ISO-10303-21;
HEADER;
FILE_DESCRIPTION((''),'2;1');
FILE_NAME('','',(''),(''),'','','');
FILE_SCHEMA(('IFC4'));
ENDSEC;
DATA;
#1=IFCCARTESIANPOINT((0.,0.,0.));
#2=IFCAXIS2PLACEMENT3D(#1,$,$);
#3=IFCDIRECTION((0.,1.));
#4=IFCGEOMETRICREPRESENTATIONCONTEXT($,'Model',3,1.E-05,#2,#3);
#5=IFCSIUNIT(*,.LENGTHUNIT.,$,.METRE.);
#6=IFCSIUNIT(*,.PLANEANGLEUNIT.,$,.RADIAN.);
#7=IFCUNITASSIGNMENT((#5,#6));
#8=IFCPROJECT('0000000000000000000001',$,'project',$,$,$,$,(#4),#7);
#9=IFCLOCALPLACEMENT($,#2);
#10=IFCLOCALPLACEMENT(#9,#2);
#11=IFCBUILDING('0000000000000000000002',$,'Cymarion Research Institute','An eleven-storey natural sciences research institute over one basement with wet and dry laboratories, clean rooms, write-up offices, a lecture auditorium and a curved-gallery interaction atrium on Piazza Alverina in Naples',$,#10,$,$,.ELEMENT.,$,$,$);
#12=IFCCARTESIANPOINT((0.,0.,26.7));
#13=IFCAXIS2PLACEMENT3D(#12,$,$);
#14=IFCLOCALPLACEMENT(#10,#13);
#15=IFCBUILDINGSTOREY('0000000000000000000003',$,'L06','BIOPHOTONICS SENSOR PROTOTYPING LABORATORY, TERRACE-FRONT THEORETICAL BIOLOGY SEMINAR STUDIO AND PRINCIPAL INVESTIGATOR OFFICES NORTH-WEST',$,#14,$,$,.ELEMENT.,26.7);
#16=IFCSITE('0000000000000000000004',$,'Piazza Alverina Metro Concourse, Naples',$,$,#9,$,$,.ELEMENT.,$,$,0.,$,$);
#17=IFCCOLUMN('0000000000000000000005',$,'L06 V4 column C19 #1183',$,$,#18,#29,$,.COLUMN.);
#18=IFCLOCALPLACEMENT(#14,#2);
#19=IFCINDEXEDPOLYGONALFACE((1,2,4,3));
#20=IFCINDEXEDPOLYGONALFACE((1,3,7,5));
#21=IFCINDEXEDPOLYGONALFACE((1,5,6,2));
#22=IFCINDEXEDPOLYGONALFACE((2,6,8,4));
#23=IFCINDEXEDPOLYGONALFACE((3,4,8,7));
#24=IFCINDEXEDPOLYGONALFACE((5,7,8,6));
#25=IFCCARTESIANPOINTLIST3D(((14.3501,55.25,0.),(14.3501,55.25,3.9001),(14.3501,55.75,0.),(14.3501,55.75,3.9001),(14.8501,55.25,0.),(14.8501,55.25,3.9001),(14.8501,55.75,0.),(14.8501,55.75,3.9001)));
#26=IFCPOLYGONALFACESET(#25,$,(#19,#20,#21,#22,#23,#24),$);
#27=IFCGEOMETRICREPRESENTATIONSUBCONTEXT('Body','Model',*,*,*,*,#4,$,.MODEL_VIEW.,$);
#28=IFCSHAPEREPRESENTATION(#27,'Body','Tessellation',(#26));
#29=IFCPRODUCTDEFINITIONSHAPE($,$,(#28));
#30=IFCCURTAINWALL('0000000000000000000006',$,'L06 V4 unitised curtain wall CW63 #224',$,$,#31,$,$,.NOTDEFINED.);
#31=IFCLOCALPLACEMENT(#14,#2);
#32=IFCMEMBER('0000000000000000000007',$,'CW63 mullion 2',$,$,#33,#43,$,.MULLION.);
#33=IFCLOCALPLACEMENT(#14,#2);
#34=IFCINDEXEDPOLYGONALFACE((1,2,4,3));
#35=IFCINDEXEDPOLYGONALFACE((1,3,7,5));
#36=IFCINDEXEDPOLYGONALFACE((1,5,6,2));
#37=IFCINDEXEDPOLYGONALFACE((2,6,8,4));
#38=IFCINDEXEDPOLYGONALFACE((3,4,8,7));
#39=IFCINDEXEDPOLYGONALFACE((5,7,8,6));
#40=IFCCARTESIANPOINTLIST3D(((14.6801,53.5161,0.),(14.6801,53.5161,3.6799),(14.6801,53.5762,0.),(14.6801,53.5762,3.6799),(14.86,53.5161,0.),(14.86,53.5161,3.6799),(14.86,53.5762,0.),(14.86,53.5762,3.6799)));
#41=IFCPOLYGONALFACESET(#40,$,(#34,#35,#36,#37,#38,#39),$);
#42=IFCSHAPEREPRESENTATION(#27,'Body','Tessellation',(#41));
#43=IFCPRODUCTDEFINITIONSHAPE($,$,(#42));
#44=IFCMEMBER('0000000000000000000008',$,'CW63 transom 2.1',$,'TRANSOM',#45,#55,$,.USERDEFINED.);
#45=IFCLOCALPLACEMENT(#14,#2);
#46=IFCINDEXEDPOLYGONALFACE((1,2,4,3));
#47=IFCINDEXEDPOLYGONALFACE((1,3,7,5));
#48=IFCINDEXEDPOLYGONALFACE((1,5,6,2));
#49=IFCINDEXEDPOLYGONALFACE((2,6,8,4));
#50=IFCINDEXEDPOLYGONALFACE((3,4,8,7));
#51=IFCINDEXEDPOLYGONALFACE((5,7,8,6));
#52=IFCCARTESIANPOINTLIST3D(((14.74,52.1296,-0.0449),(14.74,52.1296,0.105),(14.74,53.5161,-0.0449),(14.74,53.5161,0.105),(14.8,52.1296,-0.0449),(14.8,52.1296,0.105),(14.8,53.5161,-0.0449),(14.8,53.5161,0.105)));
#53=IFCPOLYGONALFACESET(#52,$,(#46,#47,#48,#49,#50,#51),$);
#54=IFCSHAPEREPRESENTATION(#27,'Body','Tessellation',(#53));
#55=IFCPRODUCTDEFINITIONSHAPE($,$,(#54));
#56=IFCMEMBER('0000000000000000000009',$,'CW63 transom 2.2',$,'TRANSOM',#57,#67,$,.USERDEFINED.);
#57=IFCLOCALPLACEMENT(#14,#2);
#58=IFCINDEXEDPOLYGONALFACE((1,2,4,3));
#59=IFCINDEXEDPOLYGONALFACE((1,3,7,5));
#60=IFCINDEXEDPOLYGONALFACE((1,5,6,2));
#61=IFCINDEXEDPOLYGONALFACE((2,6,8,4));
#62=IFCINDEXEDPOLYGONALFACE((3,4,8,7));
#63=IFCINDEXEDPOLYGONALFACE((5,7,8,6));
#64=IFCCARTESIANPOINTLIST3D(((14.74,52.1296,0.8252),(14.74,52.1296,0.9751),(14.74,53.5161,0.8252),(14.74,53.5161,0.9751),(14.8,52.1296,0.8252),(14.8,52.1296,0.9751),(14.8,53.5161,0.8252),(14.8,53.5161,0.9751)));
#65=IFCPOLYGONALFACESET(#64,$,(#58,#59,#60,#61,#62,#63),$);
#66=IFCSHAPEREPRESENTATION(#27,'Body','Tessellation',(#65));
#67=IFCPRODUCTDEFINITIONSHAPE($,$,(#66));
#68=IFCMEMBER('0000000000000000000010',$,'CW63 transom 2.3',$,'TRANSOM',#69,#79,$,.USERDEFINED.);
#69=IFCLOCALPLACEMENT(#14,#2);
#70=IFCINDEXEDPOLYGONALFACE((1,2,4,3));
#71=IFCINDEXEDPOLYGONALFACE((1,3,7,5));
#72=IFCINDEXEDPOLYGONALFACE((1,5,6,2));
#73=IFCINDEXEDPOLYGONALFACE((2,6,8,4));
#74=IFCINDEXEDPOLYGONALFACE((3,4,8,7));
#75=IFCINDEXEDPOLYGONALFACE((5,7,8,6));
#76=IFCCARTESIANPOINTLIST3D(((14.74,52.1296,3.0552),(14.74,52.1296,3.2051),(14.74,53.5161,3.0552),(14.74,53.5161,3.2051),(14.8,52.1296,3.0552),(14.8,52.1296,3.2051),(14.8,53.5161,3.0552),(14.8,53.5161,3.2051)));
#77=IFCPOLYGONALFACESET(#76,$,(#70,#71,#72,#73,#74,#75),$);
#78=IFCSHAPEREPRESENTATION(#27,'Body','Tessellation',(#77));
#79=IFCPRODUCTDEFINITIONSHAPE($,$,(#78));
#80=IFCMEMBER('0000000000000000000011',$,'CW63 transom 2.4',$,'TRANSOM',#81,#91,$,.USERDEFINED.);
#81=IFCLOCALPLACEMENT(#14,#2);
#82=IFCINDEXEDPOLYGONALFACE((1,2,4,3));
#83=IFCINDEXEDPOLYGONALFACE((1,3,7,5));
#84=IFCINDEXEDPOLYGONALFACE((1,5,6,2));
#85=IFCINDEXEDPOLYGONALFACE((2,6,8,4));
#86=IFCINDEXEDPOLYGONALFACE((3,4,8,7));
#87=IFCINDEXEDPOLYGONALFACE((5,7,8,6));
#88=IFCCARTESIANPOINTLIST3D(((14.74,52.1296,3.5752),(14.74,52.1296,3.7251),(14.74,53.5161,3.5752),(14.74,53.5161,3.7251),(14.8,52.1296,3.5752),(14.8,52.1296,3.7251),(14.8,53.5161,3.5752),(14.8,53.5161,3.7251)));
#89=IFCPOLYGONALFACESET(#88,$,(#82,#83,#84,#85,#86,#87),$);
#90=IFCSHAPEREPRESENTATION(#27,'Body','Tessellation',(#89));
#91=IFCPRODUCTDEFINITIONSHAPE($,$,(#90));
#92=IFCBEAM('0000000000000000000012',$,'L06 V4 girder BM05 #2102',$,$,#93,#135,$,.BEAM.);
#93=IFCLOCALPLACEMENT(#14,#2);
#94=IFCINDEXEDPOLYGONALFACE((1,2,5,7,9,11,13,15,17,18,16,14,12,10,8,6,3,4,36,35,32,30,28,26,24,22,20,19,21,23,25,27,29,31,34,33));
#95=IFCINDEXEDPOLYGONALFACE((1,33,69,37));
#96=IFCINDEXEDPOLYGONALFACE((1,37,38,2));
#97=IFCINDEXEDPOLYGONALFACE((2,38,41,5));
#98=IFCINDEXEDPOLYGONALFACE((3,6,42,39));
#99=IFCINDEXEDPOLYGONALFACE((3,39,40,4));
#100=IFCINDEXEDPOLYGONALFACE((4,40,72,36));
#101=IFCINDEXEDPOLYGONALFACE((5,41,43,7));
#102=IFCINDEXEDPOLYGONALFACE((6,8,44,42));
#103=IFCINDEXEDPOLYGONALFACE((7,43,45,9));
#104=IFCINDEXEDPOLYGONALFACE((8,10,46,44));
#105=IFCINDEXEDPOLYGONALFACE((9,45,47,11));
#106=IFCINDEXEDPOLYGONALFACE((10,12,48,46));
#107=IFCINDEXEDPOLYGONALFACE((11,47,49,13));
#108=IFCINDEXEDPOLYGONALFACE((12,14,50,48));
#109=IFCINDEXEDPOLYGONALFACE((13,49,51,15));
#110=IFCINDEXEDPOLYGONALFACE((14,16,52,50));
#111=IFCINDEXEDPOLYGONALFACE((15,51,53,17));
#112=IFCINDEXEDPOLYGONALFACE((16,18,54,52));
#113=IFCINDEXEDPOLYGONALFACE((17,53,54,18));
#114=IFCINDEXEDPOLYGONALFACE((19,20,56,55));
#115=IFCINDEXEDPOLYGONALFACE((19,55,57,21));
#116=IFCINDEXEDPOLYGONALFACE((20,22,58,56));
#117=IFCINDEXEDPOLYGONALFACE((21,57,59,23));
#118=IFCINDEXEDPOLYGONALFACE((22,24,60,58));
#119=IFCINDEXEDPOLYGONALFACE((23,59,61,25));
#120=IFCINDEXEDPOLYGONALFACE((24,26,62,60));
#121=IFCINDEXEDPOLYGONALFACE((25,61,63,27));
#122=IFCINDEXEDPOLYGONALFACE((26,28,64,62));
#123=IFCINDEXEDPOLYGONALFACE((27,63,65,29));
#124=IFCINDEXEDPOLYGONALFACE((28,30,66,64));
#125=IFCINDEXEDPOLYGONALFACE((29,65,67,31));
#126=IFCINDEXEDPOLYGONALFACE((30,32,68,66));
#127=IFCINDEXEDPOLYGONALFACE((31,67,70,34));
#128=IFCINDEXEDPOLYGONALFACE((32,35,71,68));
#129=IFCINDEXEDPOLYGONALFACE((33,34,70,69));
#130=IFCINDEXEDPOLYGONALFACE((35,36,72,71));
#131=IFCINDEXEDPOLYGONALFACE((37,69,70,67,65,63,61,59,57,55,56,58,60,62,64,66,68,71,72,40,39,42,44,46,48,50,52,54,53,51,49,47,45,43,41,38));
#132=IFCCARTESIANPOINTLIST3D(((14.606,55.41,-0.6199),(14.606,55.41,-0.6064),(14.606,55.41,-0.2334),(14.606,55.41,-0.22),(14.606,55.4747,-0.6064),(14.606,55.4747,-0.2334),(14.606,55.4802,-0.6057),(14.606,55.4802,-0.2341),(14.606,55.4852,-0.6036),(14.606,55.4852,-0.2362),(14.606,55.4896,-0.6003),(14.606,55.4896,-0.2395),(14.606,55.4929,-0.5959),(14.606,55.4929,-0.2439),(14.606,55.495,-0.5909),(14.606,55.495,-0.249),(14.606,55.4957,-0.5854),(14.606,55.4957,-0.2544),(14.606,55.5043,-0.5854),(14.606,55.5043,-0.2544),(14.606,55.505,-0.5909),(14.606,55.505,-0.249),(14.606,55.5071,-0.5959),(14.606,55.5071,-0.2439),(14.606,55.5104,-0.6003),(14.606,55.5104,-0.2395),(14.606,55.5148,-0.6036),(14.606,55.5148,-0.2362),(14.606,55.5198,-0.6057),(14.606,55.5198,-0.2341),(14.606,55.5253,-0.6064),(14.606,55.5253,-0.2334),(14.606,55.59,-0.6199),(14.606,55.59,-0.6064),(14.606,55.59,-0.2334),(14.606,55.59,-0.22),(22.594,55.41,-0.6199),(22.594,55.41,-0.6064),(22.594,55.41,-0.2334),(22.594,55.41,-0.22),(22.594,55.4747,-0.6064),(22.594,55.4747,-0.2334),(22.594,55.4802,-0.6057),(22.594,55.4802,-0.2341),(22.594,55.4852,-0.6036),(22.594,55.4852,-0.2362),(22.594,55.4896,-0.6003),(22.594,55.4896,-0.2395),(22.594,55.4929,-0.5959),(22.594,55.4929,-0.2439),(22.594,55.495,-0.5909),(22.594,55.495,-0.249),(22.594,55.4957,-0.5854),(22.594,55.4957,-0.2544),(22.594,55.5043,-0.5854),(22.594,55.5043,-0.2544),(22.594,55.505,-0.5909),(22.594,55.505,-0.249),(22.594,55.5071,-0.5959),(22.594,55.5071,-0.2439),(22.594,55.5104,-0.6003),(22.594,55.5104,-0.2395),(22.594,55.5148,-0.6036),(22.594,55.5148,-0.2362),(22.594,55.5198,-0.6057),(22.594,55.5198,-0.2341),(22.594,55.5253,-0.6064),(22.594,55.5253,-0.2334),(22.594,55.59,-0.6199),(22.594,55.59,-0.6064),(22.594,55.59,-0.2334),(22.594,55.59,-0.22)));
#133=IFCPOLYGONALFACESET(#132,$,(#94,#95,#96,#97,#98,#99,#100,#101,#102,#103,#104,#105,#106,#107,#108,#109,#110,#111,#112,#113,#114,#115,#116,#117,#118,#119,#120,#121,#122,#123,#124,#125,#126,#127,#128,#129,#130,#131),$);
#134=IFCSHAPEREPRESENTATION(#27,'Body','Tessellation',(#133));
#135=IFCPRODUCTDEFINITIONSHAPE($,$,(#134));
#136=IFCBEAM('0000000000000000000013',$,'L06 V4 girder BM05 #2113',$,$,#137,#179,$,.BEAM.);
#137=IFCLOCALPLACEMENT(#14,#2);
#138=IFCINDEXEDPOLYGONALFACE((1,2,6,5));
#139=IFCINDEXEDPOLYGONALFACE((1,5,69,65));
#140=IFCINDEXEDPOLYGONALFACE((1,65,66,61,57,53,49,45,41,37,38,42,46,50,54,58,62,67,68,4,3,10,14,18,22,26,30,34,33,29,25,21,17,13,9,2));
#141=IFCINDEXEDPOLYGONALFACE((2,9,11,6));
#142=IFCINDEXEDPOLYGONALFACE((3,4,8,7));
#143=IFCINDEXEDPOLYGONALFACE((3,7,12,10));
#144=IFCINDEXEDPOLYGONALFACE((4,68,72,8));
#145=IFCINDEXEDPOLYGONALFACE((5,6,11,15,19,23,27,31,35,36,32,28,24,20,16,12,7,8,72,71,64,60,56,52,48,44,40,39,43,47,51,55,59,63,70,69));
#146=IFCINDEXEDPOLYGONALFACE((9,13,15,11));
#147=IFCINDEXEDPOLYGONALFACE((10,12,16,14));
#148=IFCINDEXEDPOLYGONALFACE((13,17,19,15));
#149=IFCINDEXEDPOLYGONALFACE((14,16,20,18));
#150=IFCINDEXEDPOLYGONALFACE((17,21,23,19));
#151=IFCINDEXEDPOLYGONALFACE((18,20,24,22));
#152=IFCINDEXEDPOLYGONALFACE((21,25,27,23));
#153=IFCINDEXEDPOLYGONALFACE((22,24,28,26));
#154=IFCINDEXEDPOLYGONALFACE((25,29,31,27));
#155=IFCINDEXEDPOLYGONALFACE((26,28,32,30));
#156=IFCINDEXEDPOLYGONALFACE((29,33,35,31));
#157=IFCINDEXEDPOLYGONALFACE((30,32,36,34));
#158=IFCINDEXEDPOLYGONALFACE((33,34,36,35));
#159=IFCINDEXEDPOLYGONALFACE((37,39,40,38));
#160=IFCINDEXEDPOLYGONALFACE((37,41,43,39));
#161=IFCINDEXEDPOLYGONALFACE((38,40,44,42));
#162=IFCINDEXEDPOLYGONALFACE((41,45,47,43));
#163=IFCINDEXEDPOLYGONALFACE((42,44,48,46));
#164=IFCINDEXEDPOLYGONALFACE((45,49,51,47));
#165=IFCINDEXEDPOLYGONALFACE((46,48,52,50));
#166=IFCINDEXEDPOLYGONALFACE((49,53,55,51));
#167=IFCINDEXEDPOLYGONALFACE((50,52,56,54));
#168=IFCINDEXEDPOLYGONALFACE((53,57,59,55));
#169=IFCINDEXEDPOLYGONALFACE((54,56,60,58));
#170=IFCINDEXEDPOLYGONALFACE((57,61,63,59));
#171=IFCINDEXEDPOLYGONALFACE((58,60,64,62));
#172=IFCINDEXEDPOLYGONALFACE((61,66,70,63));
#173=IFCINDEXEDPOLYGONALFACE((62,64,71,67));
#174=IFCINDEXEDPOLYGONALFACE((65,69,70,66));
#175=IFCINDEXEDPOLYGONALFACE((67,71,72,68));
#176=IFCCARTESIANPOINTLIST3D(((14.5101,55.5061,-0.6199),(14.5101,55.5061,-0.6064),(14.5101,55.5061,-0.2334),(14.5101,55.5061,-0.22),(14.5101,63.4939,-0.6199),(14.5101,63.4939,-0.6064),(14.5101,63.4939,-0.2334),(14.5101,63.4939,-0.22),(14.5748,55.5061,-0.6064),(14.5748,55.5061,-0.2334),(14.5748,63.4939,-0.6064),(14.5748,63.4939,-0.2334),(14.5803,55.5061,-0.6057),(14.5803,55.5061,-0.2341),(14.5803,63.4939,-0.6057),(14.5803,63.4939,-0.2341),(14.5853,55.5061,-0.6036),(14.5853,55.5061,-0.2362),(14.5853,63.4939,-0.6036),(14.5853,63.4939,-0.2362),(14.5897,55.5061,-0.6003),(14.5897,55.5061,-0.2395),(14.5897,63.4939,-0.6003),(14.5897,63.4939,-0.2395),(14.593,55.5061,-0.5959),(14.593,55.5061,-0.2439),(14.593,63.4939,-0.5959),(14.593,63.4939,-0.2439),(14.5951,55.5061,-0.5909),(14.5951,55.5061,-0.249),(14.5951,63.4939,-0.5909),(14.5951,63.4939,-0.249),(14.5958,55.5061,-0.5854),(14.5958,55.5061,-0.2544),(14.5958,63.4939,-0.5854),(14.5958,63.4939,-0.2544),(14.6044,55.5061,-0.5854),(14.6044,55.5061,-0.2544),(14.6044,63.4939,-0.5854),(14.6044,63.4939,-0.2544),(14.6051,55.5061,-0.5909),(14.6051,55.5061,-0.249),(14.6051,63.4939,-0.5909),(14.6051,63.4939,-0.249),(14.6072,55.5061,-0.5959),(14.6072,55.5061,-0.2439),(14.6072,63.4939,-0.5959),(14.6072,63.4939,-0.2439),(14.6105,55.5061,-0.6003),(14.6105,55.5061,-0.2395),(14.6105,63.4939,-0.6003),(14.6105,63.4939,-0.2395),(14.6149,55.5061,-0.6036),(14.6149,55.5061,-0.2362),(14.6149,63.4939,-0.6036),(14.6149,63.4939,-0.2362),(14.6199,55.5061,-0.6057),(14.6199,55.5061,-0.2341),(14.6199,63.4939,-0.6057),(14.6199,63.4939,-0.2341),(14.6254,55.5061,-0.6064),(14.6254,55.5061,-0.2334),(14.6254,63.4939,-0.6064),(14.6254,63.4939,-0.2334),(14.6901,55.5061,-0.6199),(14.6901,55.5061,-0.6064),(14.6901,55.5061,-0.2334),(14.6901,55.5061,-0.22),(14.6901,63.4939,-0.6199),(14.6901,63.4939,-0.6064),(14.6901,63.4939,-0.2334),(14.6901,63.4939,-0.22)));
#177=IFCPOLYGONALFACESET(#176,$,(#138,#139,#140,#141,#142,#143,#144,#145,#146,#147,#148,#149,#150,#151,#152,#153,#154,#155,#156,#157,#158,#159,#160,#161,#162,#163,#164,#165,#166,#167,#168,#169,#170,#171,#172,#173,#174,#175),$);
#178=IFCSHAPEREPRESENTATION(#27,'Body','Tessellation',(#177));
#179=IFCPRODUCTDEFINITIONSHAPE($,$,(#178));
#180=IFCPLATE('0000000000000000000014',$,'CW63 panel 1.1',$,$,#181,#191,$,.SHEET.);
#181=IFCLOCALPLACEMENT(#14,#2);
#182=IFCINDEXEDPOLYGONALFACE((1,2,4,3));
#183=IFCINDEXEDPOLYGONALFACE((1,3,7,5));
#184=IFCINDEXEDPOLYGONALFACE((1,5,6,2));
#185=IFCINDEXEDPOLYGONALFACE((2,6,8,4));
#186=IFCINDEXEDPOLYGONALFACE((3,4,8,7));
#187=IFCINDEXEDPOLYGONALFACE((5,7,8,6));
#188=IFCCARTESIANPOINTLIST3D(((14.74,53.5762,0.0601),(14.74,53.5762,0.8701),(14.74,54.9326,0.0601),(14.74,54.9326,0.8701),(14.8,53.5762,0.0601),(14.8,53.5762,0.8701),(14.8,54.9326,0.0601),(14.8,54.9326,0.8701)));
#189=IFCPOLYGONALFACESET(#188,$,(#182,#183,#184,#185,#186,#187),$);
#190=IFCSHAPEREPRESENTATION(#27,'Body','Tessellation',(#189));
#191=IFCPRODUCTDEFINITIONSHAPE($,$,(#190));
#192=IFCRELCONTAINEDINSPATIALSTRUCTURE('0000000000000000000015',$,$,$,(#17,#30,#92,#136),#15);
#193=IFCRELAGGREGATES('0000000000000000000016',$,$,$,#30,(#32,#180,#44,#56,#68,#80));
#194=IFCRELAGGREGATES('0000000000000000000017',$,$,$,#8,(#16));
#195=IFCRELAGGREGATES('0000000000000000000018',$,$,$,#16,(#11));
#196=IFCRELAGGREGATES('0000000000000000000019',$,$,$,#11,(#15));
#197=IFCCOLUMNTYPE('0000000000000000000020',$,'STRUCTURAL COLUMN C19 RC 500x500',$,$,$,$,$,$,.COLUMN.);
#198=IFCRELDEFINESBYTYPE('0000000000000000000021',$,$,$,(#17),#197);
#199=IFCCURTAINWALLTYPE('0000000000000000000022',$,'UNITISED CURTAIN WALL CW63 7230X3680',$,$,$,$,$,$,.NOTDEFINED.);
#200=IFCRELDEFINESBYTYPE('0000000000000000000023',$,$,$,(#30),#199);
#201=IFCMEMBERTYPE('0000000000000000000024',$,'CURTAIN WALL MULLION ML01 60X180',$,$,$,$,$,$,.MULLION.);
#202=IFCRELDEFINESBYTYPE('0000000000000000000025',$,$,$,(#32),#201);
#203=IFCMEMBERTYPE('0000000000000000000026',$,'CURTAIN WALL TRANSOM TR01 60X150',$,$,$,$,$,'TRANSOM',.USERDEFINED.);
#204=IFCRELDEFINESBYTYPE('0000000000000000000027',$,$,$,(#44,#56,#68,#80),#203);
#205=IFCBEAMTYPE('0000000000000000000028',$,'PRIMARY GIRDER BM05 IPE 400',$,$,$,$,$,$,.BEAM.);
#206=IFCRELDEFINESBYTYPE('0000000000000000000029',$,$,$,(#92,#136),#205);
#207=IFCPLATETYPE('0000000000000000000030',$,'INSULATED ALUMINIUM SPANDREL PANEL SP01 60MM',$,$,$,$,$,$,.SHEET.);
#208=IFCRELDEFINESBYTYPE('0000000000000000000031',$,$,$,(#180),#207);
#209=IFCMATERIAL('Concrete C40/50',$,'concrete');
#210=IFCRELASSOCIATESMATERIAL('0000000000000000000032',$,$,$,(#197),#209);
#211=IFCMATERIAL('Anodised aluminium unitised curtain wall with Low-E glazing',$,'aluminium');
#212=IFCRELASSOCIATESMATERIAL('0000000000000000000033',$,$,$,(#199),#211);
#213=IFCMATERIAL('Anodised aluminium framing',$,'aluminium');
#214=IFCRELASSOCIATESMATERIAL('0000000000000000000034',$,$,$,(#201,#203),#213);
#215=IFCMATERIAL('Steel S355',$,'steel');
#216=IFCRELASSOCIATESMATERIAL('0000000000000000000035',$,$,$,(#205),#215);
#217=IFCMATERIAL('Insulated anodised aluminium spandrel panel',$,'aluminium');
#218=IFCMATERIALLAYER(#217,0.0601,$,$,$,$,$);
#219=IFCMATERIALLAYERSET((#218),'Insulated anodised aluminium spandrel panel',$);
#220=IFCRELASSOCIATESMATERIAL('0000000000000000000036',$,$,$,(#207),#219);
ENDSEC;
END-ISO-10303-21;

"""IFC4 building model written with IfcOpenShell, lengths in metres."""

from ifc_helpers import new_model, si_unit, direction, frame, origin, origin_2d, place, context, subcontext, project, spatial, rectangle, i_section, extrude, material, layer, layer_set, material_profile, profile_set, type_object, element, aggregate, save


model = new_model("IFC4")

# Units and contexts
model_context = context("Model", 3, precision=1e-05, world=origin(), true_north=direction((0.0, 1.0)))
body_context = subcontext(model_context, "Body", "Model", "MODEL_VIEW")
ifc_project = project(units=[si_unit("LENGTHUNIT", "METRE"), si_unit("PLANEANGLEUNIT", "RADIAN")], contexts=[model_context])

# Site, building, storey
site_placement = place(None, origin())
site = spatial("IfcSite", under=ifc_project, at=site_placement, Name="Piazza Alverina Metro Concourse, Naples", CompositionType="ELEMENT", RefElevation=0.0)
building_placement = place(site_placement, origin())
building = spatial("IfcBuilding", under=site, at=building_placement, Name="Cymarion Research Institute", Description="An eleven-storey natural sciences research institute over one basement with wet and dry laboratories, clean rooms, write-up offices, a lecture auditorium and a curved-gallery interaction atrium on Piazza Alverina in Naples", CompositionType="ELEMENT")
storey_placement = place(building_placement, frame((0.0, 0.0, 26.7)))
storey = spatial("IfcBuildingStorey", under=building, at=storey_placement, Name="L06", Description="BIOPHOTONICS SENSOR PROTOTYPING LABORATORY, TERRACE-FRONT THEORETICAL BIOLOGY SEMINAR STUDIO AND PRINCIPAL INVESTIGATOR OFFICES NORTH-WEST", CompositionType="ELEMENT", Elevation=26.7)

# Column
ifc_material_1 = material(Name="Concrete C40/50", Category="concrete")
ifc_material_profile_1 = material_profile(ifc_material_1, rectangle(XDim=0.5, YDim=0.5, at=origin_2d()), Name="RC 500x500")
ifc_profile_set_1 = profile_set([ifc_material_profile_1], Name="Concrete C40/50")
column_type = type_object("IfcColumnType", Name="STRUCTURAL COLUMN C19 RC 500x500", PredefinedType="COLUMN", material=ifc_profile_set_1)
column_placement = place(storey_placement, frame((14.6001, 55.5, 0.0), z_axis=(0.0, 0.0, 1.0), x_axis=(1.0, 0.0, 0.0)))
element("IfcColumn", 1, at=column_placement, inside=storey, type_object=column_type, Name="L06 V4 column C19 #1183", PredefinedType="COLUMN", context=body_context, shape_type="SweptSolid", body=[
    extrude(rectangle(XDim=0.5, YDim=0.5, at=origin_2d()), origin(), (0.0, 0.0, 1.0), 3.9001),
])

# Curtain wall, members
ifc_material_2 = material(Name="Anodised aluminium unitised curtain wall with Low-E glazing", Category="aluminium")
curtain_wall_type = type_object("IfcCurtainWallType", Name="UNITISED CURTAIN WALL CW63 7230X3680", PredefinedType="NOTDEFINED", material=ifc_material_2)
curtain_wall_placement = place(storey_placement, origin())
curtain_wall = element("IfcCurtainWall", 2, at=curtain_wall_placement, inside=storey, type_object=curtain_wall_type, Name="L06 V4 unitised curtain wall CW63 #224", PredefinedType="NOTDEFINED")
ifc_material_3 = material(Name="Anodised aluminium framing", Category="aluminium")
ifc_material_profile_2 = material_profile(ifc_material_3, rectangle(XDim=0.0601, YDim=0.1799, at=origin_2d()), Name="ALU MULLION 60x180")
ifc_profile_set_2 = profile_set([ifc_material_profile_2], Name="Anodised aluminium framing")
member_type_1 = type_object("IfcMemberType", Name="CURTAIN WALL MULLION ML01 60X180", PredefinedType="MULLION", material=ifc_profile_set_2)
member_1_placement = place(storey_placement, frame((14.77, 53.5461, 0.0), z_axis=(0.0, 0.0, 1.0), x_axis=(0.0, -1.0, 0.0)))
member_1 = element("IfcMember", 3, at=member_1_placement, type_object=member_type_1, Name="CW63 mullion 2", PredefinedType="MULLION", context=body_context, shape_type="SweptSolid", body=[
    extrude(rectangle(XDim=0.0601, YDim=0.1799, at=origin_2d()), origin(), (0.0, 0.0, 1.0), 3.6799),
])
ifc_material_profile_3 = material_profile(ifc_material_3, rectangle(XDim=0.0601, YDim=0.1499, at=origin_2d()), Name="ALU TRANSOM 60x150")
ifc_profile_set_3 = profile_set([ifc_material_profile_3], Name="Anodised aluminium framing")
member_type_2 = type_object("IfcMemberType", Name="CURTAIN WALL TRANSOM TR01 60X150", ElementType="TRANSOM", PredefinedType="USERDEFINED", material=ifc_profile_set_3)
member_2_placement = place(storey_placement, frame((14.77, 53.5161, 0.03), z_axis=(0.0, -1.0, 0.0), x_axis=(1.0, 0.0, 0.0)))
member_2 = element("IfcMember", 4, at=member_2_placement, type_object=member_type_2, Name="CW63 transom 2.1", ObjectType="TRANSOM", PredefinedType="USERDEFINED", context=body_context, shape_type="SweptSolid", body=[
    extrude(rectangle(XDim=0.0601, YDim=0.1499, at=origin_2d()), origin(), (0.0, 0.0, 1.0), 1.3865),
])
member_3_placement = place(storey_placement, frame((14.77, 53.5161, 0.9001), z_axis=(0.0, -1.0, 0.0), x_axis=(1.0, 0.0, 0.0)))
member_3 = element("IfcMember", 5, at=member_3_placement, type_object=member_type_2, Name="CW63 transom 2.2", ObjectType="TRANSOM", PredefinedType="USERDEFINED", context=body_context, shape_type="SweptSolid", body=[
    extrude(rectangle(XDim=0.0601, YDim=0.1499, at=origin_2d()), origin(), (0.0, 0.0, 1.0), 1.3865),
])
member_4_placement = place(storey_placement, frame((14.77, 53.5161, 3.1301), z_axis=(0.0, -1.0, 0.0), x_axis=(1.0, 0.0, 0.0)))
member_4 = element("IfcMember", 6, at=member_4_placement, type_object=member_type_2, Name="CW63 transom 2.3", ObjectType="TRANSOM", PredefinedType="USERDEFINED", context=body_context, shape_type="SweptSolid", body=[
    extrude(rectangle(XDim=0.0601, YDim=0.1499, at=origin_2d()), origin(), (0.0, 0.0, 1.0), 1.3865),
])
member_5_placement = place(storey_placement, frame((14.77, 53.5161, 3.6501), z_axis=(0.0, -1.0, 0.0), x_axis=(1.0, 0.0, 0.0)))
member_5 = element("IfcMember", 7, at=member_5_placement, type_object=member_type_2, Name="CW63 transom 2.4", ObjectType="TRANSOM", PredefinedType="USERDEFINED", context=body_context, shape_type="SweptSolid", body=[
    extrude(rectangle(XDim=0.0601, YDim=0.1499, at=origin_2d()), origin(), (0.0, 0.0, 1.0), 1.3865),
])

# Beams
ifc_material_4 = material(Name="Steel S355", Category="steel")
ifc_material_profile_4 = material_profile(ifc_material_4, i_section(OverallWidth=0.1799, OverallDepth=0.3999, WebThickness=0.0085, FlangeThickness=0.0134, FilletRadius=0.021, at=origin_2d()), Name="IPE 400")
ifc_profile_set_4 = profile_set([ifc_material_profile_4], Name="Steel S355")
beam_type = type_object("IfcBeamType", Name="PRIMARY GIRDER BM05 IPE 400", PredefinedType="BEAM", material=ifc_profile_set_4)
beam_1_placement = place(storey_placement, frame((14.606, 55.5, -0.4199), z_axis=(1.0, 0.0, 0.0), x_axis=(0.0, 1.0, 0.0)))
element("IfcBeam", 8, at=beam_1_placement, inside=storey, type_object=beam_type, Name="L06 V4 girder BM05 #2102", PredefinedType="BEAM", context=body_context, shape_type="SweptSolid", body=[
    extrude(i_section(OverallWidth=0.1799, OverallDepth=0.3999, WebThickness=0.0085, FlangeThickness=0.0134, FilletRadius=0.021, at=origin_2d()), origin(), (0.0, 0.0, 1.0), 7.988),
])
beam_2_placement = place(storey_placement, frame((14.6001, 55.5061, -0.4199), z_axis=(0.0, 1.0, 0.0), x_axis=(-1.0, 0.0, 0.0)))
element("IfcBeam", 9, at=beam_2_placement, inside=storey, type_object=beam_type, Name="L06 V4 girder BM05 #2113", PredefinedType="BEAM", context=body_context, shape_type="SweptSolid", body=[
    extrude(i_section(OverallWidth=0.1799, OverallDepth=0.3999, WebThickness=0.0085, FlangeThickness=0.0134, FilletRadius=0.021, at=origin_2d()), origin(), (0.0, 0.0, 1.0), 7.9878),
])

# Plate
ifc_material_5 = material(Name="Insulated anodised aluminium spandrel panel", Category="aluminium")
ifc_layer_1 = layer(ifc_material_5, 0.0601)
ifc_layer_set_1 = layer_set([ifc_layer_1], Name="Insulated anodised aluminium spandrel panel")
plate_type_1 = type_object("IfcPlateType", Name="INSULATED ALUMINIUM SPANDREL PANEL SP01 60MM", PredefinedType="SHEET", material=ifc_layer_set_1)
plate_1_placement = place(storey_placement, frame((14.77, 54.2544, 0.0601), z_axis=(0.0, 0.0, 1.0), x_axis=(0.0, -1.0, 0.0)))
plate_1 = element("IfcPlate", 10, at=plate_1_placement, type_object=plate_type_1, Name="CW63 panel 1.1", PredefinedType="SHEET", context=body_context, shape_type="SweptSolid", body=[
    extrude(rectangle(XDim=1.3564, YDim=0.0601, at=origin_2d()), origin(), (0.0, 0.0, 1.0), 0.8101),
])
aggregate(curtain_wall, [member_1, plate_1, member_2, member_3, member_4, member_5])

save(model, "model.ifc")
